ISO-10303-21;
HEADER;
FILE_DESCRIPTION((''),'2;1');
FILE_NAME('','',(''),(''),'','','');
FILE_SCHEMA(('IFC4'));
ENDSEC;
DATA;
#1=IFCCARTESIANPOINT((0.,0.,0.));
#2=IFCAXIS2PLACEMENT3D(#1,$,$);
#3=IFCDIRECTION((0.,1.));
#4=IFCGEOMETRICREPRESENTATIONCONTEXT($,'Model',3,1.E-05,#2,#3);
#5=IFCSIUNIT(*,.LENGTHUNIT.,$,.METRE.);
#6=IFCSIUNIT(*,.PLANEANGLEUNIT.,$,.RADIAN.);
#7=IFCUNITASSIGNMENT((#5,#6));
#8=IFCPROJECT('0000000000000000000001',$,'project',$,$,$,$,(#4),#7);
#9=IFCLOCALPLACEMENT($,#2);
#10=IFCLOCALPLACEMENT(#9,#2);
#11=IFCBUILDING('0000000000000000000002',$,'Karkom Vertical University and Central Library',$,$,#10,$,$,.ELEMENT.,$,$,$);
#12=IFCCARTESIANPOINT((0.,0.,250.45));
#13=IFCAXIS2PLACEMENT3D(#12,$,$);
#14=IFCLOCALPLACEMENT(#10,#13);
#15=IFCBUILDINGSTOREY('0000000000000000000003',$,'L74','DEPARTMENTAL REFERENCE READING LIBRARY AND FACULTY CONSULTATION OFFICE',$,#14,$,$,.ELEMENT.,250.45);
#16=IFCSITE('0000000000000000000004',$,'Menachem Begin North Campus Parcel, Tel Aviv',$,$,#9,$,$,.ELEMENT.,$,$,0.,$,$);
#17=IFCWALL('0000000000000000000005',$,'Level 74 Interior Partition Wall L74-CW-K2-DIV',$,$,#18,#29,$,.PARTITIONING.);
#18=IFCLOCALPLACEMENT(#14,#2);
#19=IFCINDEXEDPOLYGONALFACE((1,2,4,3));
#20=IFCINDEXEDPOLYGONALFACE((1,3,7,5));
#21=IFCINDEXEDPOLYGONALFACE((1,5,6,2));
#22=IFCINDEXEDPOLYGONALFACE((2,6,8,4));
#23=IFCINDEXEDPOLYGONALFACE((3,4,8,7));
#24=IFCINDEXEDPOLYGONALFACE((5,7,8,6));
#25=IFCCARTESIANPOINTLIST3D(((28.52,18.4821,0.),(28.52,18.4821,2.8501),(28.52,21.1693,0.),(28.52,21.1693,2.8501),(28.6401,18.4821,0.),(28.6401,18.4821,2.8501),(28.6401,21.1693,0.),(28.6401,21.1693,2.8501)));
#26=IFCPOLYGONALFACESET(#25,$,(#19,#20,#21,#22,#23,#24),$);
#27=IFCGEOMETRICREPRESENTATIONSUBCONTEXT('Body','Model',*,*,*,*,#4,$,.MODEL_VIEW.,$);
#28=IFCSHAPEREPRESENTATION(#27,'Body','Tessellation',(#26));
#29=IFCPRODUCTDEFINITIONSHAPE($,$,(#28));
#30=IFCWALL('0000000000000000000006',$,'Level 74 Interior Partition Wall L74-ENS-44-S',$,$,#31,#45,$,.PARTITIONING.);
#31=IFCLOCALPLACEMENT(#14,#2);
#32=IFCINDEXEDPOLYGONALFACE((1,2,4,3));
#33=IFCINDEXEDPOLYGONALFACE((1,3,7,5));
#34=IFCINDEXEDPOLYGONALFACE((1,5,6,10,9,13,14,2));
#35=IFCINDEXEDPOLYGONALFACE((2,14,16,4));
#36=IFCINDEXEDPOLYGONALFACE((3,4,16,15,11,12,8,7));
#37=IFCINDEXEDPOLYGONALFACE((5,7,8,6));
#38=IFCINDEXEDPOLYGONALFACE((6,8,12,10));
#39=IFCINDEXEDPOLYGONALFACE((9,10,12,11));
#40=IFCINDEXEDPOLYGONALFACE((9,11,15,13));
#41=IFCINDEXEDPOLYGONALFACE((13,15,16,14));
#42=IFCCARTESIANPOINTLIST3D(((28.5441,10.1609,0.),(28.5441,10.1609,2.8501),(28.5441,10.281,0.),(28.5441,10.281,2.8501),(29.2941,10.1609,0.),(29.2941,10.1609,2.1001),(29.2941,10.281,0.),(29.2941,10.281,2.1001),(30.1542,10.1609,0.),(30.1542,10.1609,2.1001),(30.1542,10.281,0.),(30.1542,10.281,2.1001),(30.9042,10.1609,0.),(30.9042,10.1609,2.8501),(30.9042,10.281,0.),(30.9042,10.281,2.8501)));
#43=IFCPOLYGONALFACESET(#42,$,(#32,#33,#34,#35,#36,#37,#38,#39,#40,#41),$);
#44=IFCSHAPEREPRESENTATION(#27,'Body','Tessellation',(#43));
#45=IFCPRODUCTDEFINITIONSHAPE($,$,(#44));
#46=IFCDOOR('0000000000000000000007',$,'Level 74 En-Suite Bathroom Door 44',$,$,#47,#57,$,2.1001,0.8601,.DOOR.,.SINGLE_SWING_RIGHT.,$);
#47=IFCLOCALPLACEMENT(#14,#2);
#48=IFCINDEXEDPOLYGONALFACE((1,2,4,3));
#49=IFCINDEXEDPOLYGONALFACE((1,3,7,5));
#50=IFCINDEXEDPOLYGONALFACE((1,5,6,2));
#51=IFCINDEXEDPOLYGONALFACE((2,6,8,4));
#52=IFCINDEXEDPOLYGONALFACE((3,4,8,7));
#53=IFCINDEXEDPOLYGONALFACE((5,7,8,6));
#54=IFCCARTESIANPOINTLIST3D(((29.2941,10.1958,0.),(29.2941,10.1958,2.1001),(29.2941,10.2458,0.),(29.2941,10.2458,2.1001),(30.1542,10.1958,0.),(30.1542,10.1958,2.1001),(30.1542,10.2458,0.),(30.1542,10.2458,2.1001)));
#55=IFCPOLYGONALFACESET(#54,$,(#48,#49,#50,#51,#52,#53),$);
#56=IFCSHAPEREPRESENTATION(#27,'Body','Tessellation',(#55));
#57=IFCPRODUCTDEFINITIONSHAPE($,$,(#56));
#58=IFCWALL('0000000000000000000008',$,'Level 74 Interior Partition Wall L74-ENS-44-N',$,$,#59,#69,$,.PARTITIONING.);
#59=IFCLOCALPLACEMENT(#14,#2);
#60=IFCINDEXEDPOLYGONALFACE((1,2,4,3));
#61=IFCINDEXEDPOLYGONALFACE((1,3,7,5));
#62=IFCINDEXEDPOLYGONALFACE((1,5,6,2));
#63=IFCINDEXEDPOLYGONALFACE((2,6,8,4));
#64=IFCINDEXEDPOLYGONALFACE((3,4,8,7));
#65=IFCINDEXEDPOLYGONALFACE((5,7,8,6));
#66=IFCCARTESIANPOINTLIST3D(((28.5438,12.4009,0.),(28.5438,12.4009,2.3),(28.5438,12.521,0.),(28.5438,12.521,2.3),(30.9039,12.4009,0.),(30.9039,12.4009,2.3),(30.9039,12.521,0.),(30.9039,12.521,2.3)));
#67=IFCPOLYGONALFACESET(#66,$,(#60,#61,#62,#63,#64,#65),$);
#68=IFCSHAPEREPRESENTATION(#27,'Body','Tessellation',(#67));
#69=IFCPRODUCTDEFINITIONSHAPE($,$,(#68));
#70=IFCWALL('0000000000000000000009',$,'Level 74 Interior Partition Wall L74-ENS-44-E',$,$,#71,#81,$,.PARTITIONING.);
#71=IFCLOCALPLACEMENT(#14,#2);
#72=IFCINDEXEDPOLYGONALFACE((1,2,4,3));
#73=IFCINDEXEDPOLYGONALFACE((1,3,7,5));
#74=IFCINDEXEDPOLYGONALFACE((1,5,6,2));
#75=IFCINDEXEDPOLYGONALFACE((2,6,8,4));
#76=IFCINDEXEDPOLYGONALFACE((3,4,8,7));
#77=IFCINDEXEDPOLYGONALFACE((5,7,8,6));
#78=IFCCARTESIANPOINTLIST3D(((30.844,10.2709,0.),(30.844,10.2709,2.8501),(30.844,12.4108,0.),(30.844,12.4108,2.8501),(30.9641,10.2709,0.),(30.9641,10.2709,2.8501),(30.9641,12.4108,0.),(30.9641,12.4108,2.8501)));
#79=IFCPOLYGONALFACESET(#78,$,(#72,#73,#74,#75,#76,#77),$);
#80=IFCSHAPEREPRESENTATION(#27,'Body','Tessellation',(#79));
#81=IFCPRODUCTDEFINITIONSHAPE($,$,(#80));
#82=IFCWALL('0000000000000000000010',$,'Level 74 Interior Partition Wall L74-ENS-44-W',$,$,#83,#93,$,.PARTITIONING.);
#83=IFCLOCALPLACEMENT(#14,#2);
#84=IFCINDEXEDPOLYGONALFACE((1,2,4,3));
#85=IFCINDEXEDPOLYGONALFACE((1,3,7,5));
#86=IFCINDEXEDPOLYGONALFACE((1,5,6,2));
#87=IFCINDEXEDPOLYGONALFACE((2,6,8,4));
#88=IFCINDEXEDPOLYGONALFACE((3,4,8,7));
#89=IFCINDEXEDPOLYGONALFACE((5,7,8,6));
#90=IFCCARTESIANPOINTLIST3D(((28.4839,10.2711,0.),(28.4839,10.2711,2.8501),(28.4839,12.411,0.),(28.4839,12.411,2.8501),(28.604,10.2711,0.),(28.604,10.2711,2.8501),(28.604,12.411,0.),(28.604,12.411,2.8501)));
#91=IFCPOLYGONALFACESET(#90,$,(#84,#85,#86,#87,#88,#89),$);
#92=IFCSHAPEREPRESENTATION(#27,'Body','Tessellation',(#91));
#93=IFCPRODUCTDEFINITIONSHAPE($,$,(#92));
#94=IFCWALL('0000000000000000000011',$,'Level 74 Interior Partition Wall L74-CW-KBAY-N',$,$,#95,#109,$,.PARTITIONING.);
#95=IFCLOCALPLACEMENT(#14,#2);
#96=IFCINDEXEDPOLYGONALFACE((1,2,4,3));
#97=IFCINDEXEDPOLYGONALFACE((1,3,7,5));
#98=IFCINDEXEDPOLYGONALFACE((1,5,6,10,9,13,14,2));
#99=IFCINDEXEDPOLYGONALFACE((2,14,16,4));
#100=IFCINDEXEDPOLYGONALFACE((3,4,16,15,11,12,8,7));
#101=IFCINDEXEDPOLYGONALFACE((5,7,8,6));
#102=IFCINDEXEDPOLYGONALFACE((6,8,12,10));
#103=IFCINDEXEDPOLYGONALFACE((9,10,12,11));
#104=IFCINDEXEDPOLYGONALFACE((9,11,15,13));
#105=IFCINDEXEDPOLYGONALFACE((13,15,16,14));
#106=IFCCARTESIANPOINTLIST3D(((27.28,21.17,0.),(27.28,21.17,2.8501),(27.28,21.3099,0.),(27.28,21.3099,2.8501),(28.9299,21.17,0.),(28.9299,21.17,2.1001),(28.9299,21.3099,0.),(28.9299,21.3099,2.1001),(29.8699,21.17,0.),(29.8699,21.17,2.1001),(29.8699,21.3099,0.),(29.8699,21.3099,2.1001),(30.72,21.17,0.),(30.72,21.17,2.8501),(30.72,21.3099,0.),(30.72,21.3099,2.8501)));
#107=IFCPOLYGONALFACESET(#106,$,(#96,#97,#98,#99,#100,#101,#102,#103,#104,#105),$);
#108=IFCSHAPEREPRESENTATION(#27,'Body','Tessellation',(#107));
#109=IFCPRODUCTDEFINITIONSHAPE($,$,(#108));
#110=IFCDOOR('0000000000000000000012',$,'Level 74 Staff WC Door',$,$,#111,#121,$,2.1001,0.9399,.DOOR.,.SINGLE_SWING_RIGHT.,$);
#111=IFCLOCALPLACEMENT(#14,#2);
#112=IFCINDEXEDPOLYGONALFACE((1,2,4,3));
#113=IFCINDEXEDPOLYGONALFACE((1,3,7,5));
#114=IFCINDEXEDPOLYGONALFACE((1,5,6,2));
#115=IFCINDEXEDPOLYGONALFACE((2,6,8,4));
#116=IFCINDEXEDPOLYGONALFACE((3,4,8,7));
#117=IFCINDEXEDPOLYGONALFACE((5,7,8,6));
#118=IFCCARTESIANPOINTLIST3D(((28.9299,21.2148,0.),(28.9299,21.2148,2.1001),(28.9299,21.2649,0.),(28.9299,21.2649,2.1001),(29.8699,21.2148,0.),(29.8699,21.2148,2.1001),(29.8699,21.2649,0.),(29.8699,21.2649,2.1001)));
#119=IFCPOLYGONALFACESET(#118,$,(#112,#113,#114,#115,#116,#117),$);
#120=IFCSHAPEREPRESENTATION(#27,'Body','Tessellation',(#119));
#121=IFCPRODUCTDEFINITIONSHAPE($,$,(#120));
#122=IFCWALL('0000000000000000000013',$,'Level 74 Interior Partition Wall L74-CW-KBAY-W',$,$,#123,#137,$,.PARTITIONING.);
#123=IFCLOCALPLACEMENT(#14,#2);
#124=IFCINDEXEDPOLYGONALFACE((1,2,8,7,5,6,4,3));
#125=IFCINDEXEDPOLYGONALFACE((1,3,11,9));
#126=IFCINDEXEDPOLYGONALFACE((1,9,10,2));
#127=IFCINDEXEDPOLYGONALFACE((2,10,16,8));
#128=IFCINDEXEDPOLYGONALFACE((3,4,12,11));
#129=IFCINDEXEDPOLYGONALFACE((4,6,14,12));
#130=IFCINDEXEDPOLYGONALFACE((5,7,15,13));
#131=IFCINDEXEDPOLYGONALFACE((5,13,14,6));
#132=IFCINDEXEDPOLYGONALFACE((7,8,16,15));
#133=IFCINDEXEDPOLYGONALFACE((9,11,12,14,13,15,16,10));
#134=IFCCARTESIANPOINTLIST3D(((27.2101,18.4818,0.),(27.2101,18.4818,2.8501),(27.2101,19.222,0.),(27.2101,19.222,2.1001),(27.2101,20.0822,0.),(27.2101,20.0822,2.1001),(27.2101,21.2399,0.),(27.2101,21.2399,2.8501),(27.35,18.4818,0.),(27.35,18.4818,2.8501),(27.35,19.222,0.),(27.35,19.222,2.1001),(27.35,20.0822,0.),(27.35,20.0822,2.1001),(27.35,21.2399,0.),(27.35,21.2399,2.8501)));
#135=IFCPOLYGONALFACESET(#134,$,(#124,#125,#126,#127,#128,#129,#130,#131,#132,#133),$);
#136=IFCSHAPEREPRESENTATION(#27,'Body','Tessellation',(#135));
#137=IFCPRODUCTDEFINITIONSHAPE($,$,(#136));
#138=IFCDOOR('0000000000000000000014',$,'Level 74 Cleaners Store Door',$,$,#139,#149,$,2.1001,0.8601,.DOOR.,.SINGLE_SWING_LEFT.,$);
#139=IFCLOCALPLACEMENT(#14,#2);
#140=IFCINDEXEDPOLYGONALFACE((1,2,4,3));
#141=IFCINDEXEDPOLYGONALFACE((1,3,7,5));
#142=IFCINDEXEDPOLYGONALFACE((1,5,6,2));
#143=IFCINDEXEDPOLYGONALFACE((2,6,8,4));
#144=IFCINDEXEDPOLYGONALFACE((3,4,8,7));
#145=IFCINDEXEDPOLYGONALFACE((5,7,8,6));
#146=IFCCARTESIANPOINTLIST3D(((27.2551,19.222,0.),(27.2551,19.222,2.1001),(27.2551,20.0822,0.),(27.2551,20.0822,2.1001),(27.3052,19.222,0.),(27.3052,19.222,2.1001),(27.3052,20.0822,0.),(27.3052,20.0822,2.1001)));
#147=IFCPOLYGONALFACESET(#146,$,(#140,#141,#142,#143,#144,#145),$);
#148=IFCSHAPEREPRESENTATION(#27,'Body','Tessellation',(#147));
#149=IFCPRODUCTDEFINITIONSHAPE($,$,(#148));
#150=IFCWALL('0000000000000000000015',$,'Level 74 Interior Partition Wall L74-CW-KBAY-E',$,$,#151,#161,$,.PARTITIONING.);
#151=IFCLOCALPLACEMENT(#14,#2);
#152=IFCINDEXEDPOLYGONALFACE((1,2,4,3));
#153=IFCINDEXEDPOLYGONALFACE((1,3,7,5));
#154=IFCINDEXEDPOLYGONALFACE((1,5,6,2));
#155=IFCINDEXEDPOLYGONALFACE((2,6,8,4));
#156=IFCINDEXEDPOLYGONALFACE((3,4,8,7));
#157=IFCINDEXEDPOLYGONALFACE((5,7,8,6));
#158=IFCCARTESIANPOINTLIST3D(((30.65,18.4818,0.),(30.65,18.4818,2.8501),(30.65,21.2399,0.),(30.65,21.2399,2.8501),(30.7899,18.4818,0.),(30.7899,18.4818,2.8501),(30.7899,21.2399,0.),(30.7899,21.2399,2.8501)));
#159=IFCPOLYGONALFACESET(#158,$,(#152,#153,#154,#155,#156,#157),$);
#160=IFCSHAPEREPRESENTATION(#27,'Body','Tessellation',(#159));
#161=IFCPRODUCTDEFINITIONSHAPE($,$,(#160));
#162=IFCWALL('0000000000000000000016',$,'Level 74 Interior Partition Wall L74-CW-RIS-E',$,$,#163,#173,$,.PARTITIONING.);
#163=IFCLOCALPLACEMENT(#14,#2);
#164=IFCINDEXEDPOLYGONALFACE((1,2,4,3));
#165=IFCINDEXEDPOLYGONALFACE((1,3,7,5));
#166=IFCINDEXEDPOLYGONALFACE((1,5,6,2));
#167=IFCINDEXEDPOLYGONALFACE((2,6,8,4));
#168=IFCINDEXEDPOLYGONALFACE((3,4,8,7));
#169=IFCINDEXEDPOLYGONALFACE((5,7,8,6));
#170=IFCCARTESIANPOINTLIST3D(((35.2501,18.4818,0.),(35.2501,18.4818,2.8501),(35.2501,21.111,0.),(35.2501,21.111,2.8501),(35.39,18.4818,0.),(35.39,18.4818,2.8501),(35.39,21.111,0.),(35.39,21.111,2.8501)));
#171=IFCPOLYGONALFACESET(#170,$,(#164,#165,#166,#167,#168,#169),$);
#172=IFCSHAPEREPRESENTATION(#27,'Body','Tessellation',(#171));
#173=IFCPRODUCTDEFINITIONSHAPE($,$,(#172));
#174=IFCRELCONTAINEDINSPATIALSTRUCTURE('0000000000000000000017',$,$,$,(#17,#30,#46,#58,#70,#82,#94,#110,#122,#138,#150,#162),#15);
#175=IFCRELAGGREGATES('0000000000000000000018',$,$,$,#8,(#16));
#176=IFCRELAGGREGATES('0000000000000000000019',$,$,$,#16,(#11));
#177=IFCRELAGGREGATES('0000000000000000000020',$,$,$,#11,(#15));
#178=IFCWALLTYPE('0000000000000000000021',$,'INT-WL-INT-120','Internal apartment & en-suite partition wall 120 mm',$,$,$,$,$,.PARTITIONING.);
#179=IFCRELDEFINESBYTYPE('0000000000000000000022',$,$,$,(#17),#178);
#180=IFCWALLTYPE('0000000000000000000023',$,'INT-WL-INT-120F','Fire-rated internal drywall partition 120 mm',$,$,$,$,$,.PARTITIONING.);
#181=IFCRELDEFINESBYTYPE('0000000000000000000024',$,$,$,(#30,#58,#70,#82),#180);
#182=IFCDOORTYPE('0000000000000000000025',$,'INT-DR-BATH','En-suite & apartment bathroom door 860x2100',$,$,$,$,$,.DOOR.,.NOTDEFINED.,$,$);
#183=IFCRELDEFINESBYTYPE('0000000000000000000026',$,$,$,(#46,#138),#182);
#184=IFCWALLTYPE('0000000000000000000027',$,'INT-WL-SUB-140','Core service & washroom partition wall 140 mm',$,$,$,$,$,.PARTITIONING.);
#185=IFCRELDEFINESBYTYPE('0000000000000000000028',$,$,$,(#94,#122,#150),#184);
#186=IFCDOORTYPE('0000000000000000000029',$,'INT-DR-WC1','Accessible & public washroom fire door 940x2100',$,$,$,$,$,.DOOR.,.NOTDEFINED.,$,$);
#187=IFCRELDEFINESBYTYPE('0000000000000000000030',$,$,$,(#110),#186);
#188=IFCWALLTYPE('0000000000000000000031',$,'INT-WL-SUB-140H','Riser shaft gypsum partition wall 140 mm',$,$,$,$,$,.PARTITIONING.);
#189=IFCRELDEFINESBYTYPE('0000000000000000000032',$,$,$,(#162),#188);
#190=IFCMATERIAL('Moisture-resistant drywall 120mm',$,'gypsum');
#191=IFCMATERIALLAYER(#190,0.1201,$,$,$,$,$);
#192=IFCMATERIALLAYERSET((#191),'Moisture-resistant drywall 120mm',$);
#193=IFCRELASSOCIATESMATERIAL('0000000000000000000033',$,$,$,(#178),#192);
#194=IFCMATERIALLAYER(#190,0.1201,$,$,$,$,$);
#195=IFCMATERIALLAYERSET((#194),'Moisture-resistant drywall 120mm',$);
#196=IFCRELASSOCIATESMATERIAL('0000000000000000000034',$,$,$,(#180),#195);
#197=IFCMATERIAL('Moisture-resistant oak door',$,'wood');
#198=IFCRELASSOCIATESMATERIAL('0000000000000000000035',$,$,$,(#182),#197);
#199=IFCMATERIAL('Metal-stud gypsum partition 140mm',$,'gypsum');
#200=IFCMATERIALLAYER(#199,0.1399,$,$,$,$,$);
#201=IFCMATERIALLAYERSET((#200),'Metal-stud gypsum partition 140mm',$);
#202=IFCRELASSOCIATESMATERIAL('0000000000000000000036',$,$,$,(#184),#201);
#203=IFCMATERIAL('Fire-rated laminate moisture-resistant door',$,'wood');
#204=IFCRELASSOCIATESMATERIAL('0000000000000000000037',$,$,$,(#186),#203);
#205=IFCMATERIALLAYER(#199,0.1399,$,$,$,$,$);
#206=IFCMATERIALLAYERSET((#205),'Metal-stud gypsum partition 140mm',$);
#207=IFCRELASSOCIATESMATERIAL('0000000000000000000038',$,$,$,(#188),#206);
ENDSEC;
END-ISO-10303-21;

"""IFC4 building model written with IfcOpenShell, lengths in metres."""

from ifc_helpers import new_model, si_unit, direction, frame, frame_2d, origin, origin_with_axes, place, context, subcontext, project, spatial, rectangle, extrude, source, transform, mapped, material, layer, layer_set, type_object, element, fill, save


model = new_model("IFC4")

# Units and contexts
model_context = context("Model", 3, precision=1e-05, world=origin(), true_north=direction((0.0, 1.0)))
body_context = subcontext(model_context, "Body", "Model", "MODEL_VIEW")
ifc_project = project(units=[si_unit("LENGTHUNIT", "METRE"), si_unit("PLANEANGLEUNIT", "RADIAN")], contexts=[model_context])

# Site, building, storey
site_placement = place(None, origin())
site = spatial("IfcSite", under=ifc_project, at=site_placement, Name="Menachem Begin North Campus Parcel, Tel Aviv", CompositionType="ELEMENT", RefElevation=0.0)
building_placement = place(site_placement, origin())
building = spatial("IfcBuilding", under=site, at=building_placement, Name="Karkom Vertical University and Central Library", CompositionType="ELEMENT")
storey_placement = place(building_placement, frame((0.0, 0.0, 250.45)))
storey = spatial("IfcBuildingStorey", under=building, at=storey_placement, Name="L74", Description="DEPARTMENTAL REFERENCE READING LIBRARY AND FACULTY CONSULTATION OFFICE", CompositionType="ELEMENT", Elevation=250.45)

# Wall
ifc_material_1 = material(Name="Moisture-resistant drywall 120mm", Category="gypsum")
ifc_layer_1 = layer(ifc_material_1, 0.1201)
ifc_layer_set_1 = layer_set([ifc_layer_1], Name="Moisture-resistant drywall 120mm")
wall_type_1 = type_object("IfcWallType", Name="INT-WL-INT-120", Description="Internal apartment & en-suite partition wall 120 mm", PredefinedType="PARTITIONING", material=ifc_layer_set_1)
wall_1_placement = place(storey_placement, frame((28.5801, 18.4819, 0.0), z_axis=(0.0, 0.0, 1.0), x_axis=(0.0, 1.0, 0.0)))
element("IfcWall", 1, at=wall_1_placement, inside=storey, type_object=wall_type_1, Name="Level 74 Interior Partition Wall L74-CW-K2-DIV", PredefinedType="PARTITIONING", context=body_context, shape_type="SweptSolid", body=[
    extrude(rectangle(XDim=2.6873, YDim=0.1201, at=frame_2d((1.3438, 0.0))), origin(), (0.0, 0.0, 1.0), 2.8501),
])

# Wall, opening, door
ifc_layer_2 = layer(ifc_material_1, 0.1201)
ifc_layer_set_2 = layer_set([ifc_layer_2], Name="Moisture-resistant drywall 120mm")
wall_type_2 = type_object("IfcWallType", Name="INT-WL-INT-120F", Description="Fire-rated internal drywall partition 120 mm", PredefinedType="PARTITIONING", material=ifc_layer_set_2)
wall_2_placement = place(storey_placement, frame((28.5439, 10.2209, 0.0), z_axis=(0.0, 0.0, 1.0), x_axis=(1.0, 0.0, 0.0)))
wall_2 = element("IfcWall", 2, at=wall_2_placement, inside=storey, type_object=wall_type_2, Name="Level 74 Interior Partition Wall L74-ENS-44-S", PredefinedType="PARTITIONING", context=body_context, shape_type="SweptSolid", body=[
    extrude(rectangle(XDim=2.3601, YDim=0.1201, at=frame_2d((1.1802, 0.0))), origin(), (0.0, 0.0, 1.0), 2.8501),
])
opening_1_placement = place(wall_2_placement, frame((0.75, 0.0, 0.0)))
opening_1 = element("IfcOpeningElement", 3, at=opening_1_placement, cuts=wall_2, PredefinedType="OPENING", context=body_context, shape_type="SweptSolid", body=[
    extrude(rectangle(XDim=0.8601, YDim=2.1001, at=frame_2d((0.4302, 1.05))), frame((0.0, 0.0701, 0.0), z_axis=(0.0, -1.0, 0.0), x_axis=(1.0, 0.0, 0.0)), (0.0, 0.0, 1.0), 0.1401),
])
ifc_material_2 = material(Name="Moisture-resistant oak door", Category="wood")
door_type_1 = type_object("IfcDoorType", Name="INT-DR-BATH", Description="En-suite & apartment bathroom door 860x2100", OperationType="NOTDEFINED", PredefinedType="DOOR", material=ifc_material_2)
shared_shape_1 = source(origin_with_axes(), body_context, "Body", "SweptSolid", [
    extrude(rectangle(XDim=0.8601, YDim=2.1001, at=frame_2d((0.4302, 1.05))), frame((0.0, 0.0249, 0.0), z_axis=(0.0, -1.0, 0.0), x_axis=(1.0, 0.0, 0.0)), (0.0, 0.0, 1.0), 0.05),
])
door_1_placement = place(opening_1_placement, origin())
door_1 = element("IfcDoor", 4, at=door_1_placement, inside=storey, type_object=door_type_1, Name="Level 74 En-Suite Bathroom Door 44", OperationType="SINGLE_SWING_RIGHT", OverallHeight=2.1001, OverallWidth=0.8601, PredefinedType="DOOR", context=body_context, shape_type="MappedRepresentation", body=[
    mapped(shared_shape_1, transform((0.0, 0.0, 0.0), scale=1.0)),
])
fill(opening_1, door_1)

# Walls
wall_3_placement = place(storey_placement, frame((30.9041, 12.4609, 0.0), z_axis=(0.0, 0.0, 1.0), x_axis=(-1.0, 0.0, 0.0)))
element("IfcWall", 5, at=wall_3_placement, inside=storey, type_object=wall_type_2, Name="Level 74 Interior Partition Wall L74-ENS-44-N", PredefinedType="PARTITIONING", context=body_context, shape_type="SweptSolid", body=[
    extrude(rectangle(XDim=2.3601, YDim=0.1201, at=frame_2d((1.1802, 0.0))), origin(), (0.0, 0.0, 1.0), 2.3),
])
for number, where, z_axis, x_axis, name in (
    (6, (30.9041, 10.271, 0.0), (0.0, 0.0, 1.0), (0.0, 1.0, 0.0), "Level 74 Interior Partition Wall L74-ENS-44-E"),
    (7, (28.5439, 12.4109, 0.0), (0.0, 0.0, 1.0), (0.0, -1.0, 0.0), "Level 74 Interior Partition Wall L74-ENS-44-W"),
):
    element("IfcWall", number, at=place(storey_placement, frame(where, z_axis=z_axis, x_axis=x_axis)), inside=storey, type_object=wall_type_2, Name=name, PredefinedType="PARTITIONING", context=body_context, shape_type="SweptSolid", body=[
        extrude(rectangle(XDim=2.1399, YDim=0.1201, at=frame_2d((1.0698, 0.0))), origin(), (0.0, 0.0, 1.0), 2.8501),
    ])

# Walls, openings, doors
ifc_material_3 = material(Name="Metal-stud gypsum partition 140mm", Category="gypsum")
ifc_layer_3 = layer(ifc_material_3, 0.1399)
ifc_layer_set_3 = layer_set([ifc_layer_3], Name="Metal-stud gypsum partition 140mm")
wall_type_3 = type_object("IfcWallType", Name="INT-WL-SUB-140", Description="Core service & washroom partition wall 140 mm", PredefinedType="PARTITIONING", material=ifc_layer_set_3)
wall_4_placement = place(storey_placement, frame((27.28, 21.24, 0.0), z_axis=(0.0, 0.0, 1.0), x_axis=(1.0, 0.0, 0.0)))
wall_4 = element("IfcWall", 8, at=wall_4_placement, inside=storey, type_object=wall_type_3, Name="Level 74 Interior Partition Wall L74-CW-KBAY-N", PredefinedType="PARTITIONING", context=body_context, shape_type="SweptSolid", body=[
    extrude(rectangle(XDim=3.4399, YDim=0.1399, at=frame_2d((1.72, 0.0))), origin(), (0.0, 0.0, 1.0), 2.8501),
])
opening_2_placement = place(wall_4_placement, frame((1.6499, 0.0, 0.0)))
opening_2 = element("IfcOpeningElement", 9, at=opening_2_placement, cuts=wall_4, PredefinedType="OPENING", context=body_context, shape_type="SweptSolid", body=[
    extrude(rectangle(XDim=0.9399, YDim=2.1001, at=frame_2d((0.47, 1.05))), frame((0.0, 0.0801, 0.0), z_axis=(0.0, -1.0, 0.0), x_axis=(1.0, 0.0, 0.0)), (0.0, 0.0, 1.0), 0.1599),
])
ifc_material_4 = material(Name="Fire-rated laminate moisture-resistant door", Category="wood")
door_type_2 = type_object("IfcDoorType", Name="INT-DR-WC1", Description="Accessible & public washroom fire door 940x2100", OperationType="NOTDEFINED", PredefinedType="DOOR", material=ifc_material_4)
shared_shape_2 = source(origin_with_axes(), body_context, "Body", "SweptSolid", [
    extrude(rectangle(XDim=0.9399, YDim=2.1001, at=frame_2d((0.47, 1.05))), frame((0.0, 0.0249, 0.0), z_axis=(0.0, -1.0, 0.0), x_axis=(1.0, 0.0, 0.0)), (0.0, 0.0, 1.0), 0.05),
])
door_2_placement = place(opening_2_placement, origin())
door_2 = element("IfcDoor", 10, at=door_2_placement, inside=storey, type_object=door_type_2, Name="Level 74 Staff WC Door", OperationType="SINGLE_SWING_RIGHT", OverallHeight=2.1001, OverallWidth=0.9399, PredefinedType="DOOR", context=body_context, shape_type="MappedRepresentation", body=[
    mapped(shared_shape_2, transform((0.0, 0.0, 0.0), scale=1.0)),
])
fill(opening_2, door_2)
wall_5_placement = place(storey_placement, frame((27.28, 18.4819, 0.0), z_axis=(0.0, 0.0, 1.0), x_axis=(0.0, 1.0, 0.0)))
wall_5 = element("IfcWall", 11, at=wall_5_placement, inside=storey, type_object=wall_type_3, Name="Level 74 Interior Partition Wall L74-CW-KBAY-W", PredefinedType="PARTITIONING", context=body_context, shape_type="SweptSolid", body=[
    extrude(rectangle(XDim=2.7581, YDim=0.1399, at=frame_2d((1.3789, 0.0))), origin(), (0.0, 0.0, 1.0), 2.8501),
])
opening_3_placement = place(wall_5_placement, frame((0.74, 0.0, 0.0)))
opening_3 = element("IfcOpeningElement", 12, at=opening_3_placement, cuts=wall_5, PredefinedType="OPENING", context=body_context, shape_type="SweptSolid", body=[
    extrude(rectangle(XDim=0.8601, YDim=2.1001, at=frame_2d((0.4302, 1.05))), frame((0.0, 0.0801, 0.0), z_axis=(0.0, -1.0, 0.0), x_axis=(1.0, 0.0, 0.0)), (0.0, 0.0, 1.0), 0.1599),
])
door_3_placement = place(opening_3_placement, origin())
door_3 = element("IfcDoor", 13, at=door_3_placement, inside=storey, type_object=door_type_1, Name="Level 74 Cleaners Store Door", OperationType="SINGLE_SWING_LEFT", OverallHeight=2.1001, OverallWidth=0.8601, PredefinedType="DOOR", context=body_context, shape_type="MappedRepresentation", body=[
    mapped(shared_shape_1, transform((0.0, 0.0, 0.0), scale=1.0)),
])
fill(opening_3, door_3)

# Walls
wall_6_placement = place(storey_placement, frame((30.72, 18.4819, 0.0), z_axis=(0.0, 0.0, 1.0), x_axis=(0.0, 1.0, 0.0)))
element("IfcWall", 14, at=wall_6_placement, inside=storey, type_object=wall_type_3, Name="Level 74 Interior Partition Wall L74-CW-KBAY-E", PredefinedType="PARTITIONING", context=body_context, shape_type="SweptSolid", body=[
    extrude(rectangle(XDim=2.7581, YDim=0.1399, at=frame_2d((1.3789, 0.0))), origin(), (0.0, 0.0, 1.0), 2.8501),
])
ifc_layer_4 = layer(ifc_material_3, 0.1399)
ifc_layer_set_4 = layer_set([ifc_layer_4], Name="Metal-stud gypsum partition 140mm")
wall_type_4 = type_object("IfcWallType", Name="INT-WL-SUB-140H", Description="Riser shaft gypsum partition wall 140 mm", PredefinedType="PARTITIONING", material=ifc_layer_set_4)
wall_7_placement = place(storey_placement, frame((35.3201, 18.4819, 0.0), z_axis=(0.0, 0.0, 1.0), x_axis=(0.0, 1.0, 0.0)))
element("IfcWall", 15, at=wall_7_placement, inside=storey, type_object=wall_type_4, Name="Level 74 Interior Partition Wall L74-CW-RIS-E", PredefinedType="PARTITIONING", context=body_context, shape_type="SweptSolid", body=[
    extrude(rectangle(XDim=2.6292, YDim=0.1399, at=frame_2d((1.3145, 0.0))), origin(), (0.0, 0.0, 1.0), 2.8501),
])

save(model, "model.ifc")
